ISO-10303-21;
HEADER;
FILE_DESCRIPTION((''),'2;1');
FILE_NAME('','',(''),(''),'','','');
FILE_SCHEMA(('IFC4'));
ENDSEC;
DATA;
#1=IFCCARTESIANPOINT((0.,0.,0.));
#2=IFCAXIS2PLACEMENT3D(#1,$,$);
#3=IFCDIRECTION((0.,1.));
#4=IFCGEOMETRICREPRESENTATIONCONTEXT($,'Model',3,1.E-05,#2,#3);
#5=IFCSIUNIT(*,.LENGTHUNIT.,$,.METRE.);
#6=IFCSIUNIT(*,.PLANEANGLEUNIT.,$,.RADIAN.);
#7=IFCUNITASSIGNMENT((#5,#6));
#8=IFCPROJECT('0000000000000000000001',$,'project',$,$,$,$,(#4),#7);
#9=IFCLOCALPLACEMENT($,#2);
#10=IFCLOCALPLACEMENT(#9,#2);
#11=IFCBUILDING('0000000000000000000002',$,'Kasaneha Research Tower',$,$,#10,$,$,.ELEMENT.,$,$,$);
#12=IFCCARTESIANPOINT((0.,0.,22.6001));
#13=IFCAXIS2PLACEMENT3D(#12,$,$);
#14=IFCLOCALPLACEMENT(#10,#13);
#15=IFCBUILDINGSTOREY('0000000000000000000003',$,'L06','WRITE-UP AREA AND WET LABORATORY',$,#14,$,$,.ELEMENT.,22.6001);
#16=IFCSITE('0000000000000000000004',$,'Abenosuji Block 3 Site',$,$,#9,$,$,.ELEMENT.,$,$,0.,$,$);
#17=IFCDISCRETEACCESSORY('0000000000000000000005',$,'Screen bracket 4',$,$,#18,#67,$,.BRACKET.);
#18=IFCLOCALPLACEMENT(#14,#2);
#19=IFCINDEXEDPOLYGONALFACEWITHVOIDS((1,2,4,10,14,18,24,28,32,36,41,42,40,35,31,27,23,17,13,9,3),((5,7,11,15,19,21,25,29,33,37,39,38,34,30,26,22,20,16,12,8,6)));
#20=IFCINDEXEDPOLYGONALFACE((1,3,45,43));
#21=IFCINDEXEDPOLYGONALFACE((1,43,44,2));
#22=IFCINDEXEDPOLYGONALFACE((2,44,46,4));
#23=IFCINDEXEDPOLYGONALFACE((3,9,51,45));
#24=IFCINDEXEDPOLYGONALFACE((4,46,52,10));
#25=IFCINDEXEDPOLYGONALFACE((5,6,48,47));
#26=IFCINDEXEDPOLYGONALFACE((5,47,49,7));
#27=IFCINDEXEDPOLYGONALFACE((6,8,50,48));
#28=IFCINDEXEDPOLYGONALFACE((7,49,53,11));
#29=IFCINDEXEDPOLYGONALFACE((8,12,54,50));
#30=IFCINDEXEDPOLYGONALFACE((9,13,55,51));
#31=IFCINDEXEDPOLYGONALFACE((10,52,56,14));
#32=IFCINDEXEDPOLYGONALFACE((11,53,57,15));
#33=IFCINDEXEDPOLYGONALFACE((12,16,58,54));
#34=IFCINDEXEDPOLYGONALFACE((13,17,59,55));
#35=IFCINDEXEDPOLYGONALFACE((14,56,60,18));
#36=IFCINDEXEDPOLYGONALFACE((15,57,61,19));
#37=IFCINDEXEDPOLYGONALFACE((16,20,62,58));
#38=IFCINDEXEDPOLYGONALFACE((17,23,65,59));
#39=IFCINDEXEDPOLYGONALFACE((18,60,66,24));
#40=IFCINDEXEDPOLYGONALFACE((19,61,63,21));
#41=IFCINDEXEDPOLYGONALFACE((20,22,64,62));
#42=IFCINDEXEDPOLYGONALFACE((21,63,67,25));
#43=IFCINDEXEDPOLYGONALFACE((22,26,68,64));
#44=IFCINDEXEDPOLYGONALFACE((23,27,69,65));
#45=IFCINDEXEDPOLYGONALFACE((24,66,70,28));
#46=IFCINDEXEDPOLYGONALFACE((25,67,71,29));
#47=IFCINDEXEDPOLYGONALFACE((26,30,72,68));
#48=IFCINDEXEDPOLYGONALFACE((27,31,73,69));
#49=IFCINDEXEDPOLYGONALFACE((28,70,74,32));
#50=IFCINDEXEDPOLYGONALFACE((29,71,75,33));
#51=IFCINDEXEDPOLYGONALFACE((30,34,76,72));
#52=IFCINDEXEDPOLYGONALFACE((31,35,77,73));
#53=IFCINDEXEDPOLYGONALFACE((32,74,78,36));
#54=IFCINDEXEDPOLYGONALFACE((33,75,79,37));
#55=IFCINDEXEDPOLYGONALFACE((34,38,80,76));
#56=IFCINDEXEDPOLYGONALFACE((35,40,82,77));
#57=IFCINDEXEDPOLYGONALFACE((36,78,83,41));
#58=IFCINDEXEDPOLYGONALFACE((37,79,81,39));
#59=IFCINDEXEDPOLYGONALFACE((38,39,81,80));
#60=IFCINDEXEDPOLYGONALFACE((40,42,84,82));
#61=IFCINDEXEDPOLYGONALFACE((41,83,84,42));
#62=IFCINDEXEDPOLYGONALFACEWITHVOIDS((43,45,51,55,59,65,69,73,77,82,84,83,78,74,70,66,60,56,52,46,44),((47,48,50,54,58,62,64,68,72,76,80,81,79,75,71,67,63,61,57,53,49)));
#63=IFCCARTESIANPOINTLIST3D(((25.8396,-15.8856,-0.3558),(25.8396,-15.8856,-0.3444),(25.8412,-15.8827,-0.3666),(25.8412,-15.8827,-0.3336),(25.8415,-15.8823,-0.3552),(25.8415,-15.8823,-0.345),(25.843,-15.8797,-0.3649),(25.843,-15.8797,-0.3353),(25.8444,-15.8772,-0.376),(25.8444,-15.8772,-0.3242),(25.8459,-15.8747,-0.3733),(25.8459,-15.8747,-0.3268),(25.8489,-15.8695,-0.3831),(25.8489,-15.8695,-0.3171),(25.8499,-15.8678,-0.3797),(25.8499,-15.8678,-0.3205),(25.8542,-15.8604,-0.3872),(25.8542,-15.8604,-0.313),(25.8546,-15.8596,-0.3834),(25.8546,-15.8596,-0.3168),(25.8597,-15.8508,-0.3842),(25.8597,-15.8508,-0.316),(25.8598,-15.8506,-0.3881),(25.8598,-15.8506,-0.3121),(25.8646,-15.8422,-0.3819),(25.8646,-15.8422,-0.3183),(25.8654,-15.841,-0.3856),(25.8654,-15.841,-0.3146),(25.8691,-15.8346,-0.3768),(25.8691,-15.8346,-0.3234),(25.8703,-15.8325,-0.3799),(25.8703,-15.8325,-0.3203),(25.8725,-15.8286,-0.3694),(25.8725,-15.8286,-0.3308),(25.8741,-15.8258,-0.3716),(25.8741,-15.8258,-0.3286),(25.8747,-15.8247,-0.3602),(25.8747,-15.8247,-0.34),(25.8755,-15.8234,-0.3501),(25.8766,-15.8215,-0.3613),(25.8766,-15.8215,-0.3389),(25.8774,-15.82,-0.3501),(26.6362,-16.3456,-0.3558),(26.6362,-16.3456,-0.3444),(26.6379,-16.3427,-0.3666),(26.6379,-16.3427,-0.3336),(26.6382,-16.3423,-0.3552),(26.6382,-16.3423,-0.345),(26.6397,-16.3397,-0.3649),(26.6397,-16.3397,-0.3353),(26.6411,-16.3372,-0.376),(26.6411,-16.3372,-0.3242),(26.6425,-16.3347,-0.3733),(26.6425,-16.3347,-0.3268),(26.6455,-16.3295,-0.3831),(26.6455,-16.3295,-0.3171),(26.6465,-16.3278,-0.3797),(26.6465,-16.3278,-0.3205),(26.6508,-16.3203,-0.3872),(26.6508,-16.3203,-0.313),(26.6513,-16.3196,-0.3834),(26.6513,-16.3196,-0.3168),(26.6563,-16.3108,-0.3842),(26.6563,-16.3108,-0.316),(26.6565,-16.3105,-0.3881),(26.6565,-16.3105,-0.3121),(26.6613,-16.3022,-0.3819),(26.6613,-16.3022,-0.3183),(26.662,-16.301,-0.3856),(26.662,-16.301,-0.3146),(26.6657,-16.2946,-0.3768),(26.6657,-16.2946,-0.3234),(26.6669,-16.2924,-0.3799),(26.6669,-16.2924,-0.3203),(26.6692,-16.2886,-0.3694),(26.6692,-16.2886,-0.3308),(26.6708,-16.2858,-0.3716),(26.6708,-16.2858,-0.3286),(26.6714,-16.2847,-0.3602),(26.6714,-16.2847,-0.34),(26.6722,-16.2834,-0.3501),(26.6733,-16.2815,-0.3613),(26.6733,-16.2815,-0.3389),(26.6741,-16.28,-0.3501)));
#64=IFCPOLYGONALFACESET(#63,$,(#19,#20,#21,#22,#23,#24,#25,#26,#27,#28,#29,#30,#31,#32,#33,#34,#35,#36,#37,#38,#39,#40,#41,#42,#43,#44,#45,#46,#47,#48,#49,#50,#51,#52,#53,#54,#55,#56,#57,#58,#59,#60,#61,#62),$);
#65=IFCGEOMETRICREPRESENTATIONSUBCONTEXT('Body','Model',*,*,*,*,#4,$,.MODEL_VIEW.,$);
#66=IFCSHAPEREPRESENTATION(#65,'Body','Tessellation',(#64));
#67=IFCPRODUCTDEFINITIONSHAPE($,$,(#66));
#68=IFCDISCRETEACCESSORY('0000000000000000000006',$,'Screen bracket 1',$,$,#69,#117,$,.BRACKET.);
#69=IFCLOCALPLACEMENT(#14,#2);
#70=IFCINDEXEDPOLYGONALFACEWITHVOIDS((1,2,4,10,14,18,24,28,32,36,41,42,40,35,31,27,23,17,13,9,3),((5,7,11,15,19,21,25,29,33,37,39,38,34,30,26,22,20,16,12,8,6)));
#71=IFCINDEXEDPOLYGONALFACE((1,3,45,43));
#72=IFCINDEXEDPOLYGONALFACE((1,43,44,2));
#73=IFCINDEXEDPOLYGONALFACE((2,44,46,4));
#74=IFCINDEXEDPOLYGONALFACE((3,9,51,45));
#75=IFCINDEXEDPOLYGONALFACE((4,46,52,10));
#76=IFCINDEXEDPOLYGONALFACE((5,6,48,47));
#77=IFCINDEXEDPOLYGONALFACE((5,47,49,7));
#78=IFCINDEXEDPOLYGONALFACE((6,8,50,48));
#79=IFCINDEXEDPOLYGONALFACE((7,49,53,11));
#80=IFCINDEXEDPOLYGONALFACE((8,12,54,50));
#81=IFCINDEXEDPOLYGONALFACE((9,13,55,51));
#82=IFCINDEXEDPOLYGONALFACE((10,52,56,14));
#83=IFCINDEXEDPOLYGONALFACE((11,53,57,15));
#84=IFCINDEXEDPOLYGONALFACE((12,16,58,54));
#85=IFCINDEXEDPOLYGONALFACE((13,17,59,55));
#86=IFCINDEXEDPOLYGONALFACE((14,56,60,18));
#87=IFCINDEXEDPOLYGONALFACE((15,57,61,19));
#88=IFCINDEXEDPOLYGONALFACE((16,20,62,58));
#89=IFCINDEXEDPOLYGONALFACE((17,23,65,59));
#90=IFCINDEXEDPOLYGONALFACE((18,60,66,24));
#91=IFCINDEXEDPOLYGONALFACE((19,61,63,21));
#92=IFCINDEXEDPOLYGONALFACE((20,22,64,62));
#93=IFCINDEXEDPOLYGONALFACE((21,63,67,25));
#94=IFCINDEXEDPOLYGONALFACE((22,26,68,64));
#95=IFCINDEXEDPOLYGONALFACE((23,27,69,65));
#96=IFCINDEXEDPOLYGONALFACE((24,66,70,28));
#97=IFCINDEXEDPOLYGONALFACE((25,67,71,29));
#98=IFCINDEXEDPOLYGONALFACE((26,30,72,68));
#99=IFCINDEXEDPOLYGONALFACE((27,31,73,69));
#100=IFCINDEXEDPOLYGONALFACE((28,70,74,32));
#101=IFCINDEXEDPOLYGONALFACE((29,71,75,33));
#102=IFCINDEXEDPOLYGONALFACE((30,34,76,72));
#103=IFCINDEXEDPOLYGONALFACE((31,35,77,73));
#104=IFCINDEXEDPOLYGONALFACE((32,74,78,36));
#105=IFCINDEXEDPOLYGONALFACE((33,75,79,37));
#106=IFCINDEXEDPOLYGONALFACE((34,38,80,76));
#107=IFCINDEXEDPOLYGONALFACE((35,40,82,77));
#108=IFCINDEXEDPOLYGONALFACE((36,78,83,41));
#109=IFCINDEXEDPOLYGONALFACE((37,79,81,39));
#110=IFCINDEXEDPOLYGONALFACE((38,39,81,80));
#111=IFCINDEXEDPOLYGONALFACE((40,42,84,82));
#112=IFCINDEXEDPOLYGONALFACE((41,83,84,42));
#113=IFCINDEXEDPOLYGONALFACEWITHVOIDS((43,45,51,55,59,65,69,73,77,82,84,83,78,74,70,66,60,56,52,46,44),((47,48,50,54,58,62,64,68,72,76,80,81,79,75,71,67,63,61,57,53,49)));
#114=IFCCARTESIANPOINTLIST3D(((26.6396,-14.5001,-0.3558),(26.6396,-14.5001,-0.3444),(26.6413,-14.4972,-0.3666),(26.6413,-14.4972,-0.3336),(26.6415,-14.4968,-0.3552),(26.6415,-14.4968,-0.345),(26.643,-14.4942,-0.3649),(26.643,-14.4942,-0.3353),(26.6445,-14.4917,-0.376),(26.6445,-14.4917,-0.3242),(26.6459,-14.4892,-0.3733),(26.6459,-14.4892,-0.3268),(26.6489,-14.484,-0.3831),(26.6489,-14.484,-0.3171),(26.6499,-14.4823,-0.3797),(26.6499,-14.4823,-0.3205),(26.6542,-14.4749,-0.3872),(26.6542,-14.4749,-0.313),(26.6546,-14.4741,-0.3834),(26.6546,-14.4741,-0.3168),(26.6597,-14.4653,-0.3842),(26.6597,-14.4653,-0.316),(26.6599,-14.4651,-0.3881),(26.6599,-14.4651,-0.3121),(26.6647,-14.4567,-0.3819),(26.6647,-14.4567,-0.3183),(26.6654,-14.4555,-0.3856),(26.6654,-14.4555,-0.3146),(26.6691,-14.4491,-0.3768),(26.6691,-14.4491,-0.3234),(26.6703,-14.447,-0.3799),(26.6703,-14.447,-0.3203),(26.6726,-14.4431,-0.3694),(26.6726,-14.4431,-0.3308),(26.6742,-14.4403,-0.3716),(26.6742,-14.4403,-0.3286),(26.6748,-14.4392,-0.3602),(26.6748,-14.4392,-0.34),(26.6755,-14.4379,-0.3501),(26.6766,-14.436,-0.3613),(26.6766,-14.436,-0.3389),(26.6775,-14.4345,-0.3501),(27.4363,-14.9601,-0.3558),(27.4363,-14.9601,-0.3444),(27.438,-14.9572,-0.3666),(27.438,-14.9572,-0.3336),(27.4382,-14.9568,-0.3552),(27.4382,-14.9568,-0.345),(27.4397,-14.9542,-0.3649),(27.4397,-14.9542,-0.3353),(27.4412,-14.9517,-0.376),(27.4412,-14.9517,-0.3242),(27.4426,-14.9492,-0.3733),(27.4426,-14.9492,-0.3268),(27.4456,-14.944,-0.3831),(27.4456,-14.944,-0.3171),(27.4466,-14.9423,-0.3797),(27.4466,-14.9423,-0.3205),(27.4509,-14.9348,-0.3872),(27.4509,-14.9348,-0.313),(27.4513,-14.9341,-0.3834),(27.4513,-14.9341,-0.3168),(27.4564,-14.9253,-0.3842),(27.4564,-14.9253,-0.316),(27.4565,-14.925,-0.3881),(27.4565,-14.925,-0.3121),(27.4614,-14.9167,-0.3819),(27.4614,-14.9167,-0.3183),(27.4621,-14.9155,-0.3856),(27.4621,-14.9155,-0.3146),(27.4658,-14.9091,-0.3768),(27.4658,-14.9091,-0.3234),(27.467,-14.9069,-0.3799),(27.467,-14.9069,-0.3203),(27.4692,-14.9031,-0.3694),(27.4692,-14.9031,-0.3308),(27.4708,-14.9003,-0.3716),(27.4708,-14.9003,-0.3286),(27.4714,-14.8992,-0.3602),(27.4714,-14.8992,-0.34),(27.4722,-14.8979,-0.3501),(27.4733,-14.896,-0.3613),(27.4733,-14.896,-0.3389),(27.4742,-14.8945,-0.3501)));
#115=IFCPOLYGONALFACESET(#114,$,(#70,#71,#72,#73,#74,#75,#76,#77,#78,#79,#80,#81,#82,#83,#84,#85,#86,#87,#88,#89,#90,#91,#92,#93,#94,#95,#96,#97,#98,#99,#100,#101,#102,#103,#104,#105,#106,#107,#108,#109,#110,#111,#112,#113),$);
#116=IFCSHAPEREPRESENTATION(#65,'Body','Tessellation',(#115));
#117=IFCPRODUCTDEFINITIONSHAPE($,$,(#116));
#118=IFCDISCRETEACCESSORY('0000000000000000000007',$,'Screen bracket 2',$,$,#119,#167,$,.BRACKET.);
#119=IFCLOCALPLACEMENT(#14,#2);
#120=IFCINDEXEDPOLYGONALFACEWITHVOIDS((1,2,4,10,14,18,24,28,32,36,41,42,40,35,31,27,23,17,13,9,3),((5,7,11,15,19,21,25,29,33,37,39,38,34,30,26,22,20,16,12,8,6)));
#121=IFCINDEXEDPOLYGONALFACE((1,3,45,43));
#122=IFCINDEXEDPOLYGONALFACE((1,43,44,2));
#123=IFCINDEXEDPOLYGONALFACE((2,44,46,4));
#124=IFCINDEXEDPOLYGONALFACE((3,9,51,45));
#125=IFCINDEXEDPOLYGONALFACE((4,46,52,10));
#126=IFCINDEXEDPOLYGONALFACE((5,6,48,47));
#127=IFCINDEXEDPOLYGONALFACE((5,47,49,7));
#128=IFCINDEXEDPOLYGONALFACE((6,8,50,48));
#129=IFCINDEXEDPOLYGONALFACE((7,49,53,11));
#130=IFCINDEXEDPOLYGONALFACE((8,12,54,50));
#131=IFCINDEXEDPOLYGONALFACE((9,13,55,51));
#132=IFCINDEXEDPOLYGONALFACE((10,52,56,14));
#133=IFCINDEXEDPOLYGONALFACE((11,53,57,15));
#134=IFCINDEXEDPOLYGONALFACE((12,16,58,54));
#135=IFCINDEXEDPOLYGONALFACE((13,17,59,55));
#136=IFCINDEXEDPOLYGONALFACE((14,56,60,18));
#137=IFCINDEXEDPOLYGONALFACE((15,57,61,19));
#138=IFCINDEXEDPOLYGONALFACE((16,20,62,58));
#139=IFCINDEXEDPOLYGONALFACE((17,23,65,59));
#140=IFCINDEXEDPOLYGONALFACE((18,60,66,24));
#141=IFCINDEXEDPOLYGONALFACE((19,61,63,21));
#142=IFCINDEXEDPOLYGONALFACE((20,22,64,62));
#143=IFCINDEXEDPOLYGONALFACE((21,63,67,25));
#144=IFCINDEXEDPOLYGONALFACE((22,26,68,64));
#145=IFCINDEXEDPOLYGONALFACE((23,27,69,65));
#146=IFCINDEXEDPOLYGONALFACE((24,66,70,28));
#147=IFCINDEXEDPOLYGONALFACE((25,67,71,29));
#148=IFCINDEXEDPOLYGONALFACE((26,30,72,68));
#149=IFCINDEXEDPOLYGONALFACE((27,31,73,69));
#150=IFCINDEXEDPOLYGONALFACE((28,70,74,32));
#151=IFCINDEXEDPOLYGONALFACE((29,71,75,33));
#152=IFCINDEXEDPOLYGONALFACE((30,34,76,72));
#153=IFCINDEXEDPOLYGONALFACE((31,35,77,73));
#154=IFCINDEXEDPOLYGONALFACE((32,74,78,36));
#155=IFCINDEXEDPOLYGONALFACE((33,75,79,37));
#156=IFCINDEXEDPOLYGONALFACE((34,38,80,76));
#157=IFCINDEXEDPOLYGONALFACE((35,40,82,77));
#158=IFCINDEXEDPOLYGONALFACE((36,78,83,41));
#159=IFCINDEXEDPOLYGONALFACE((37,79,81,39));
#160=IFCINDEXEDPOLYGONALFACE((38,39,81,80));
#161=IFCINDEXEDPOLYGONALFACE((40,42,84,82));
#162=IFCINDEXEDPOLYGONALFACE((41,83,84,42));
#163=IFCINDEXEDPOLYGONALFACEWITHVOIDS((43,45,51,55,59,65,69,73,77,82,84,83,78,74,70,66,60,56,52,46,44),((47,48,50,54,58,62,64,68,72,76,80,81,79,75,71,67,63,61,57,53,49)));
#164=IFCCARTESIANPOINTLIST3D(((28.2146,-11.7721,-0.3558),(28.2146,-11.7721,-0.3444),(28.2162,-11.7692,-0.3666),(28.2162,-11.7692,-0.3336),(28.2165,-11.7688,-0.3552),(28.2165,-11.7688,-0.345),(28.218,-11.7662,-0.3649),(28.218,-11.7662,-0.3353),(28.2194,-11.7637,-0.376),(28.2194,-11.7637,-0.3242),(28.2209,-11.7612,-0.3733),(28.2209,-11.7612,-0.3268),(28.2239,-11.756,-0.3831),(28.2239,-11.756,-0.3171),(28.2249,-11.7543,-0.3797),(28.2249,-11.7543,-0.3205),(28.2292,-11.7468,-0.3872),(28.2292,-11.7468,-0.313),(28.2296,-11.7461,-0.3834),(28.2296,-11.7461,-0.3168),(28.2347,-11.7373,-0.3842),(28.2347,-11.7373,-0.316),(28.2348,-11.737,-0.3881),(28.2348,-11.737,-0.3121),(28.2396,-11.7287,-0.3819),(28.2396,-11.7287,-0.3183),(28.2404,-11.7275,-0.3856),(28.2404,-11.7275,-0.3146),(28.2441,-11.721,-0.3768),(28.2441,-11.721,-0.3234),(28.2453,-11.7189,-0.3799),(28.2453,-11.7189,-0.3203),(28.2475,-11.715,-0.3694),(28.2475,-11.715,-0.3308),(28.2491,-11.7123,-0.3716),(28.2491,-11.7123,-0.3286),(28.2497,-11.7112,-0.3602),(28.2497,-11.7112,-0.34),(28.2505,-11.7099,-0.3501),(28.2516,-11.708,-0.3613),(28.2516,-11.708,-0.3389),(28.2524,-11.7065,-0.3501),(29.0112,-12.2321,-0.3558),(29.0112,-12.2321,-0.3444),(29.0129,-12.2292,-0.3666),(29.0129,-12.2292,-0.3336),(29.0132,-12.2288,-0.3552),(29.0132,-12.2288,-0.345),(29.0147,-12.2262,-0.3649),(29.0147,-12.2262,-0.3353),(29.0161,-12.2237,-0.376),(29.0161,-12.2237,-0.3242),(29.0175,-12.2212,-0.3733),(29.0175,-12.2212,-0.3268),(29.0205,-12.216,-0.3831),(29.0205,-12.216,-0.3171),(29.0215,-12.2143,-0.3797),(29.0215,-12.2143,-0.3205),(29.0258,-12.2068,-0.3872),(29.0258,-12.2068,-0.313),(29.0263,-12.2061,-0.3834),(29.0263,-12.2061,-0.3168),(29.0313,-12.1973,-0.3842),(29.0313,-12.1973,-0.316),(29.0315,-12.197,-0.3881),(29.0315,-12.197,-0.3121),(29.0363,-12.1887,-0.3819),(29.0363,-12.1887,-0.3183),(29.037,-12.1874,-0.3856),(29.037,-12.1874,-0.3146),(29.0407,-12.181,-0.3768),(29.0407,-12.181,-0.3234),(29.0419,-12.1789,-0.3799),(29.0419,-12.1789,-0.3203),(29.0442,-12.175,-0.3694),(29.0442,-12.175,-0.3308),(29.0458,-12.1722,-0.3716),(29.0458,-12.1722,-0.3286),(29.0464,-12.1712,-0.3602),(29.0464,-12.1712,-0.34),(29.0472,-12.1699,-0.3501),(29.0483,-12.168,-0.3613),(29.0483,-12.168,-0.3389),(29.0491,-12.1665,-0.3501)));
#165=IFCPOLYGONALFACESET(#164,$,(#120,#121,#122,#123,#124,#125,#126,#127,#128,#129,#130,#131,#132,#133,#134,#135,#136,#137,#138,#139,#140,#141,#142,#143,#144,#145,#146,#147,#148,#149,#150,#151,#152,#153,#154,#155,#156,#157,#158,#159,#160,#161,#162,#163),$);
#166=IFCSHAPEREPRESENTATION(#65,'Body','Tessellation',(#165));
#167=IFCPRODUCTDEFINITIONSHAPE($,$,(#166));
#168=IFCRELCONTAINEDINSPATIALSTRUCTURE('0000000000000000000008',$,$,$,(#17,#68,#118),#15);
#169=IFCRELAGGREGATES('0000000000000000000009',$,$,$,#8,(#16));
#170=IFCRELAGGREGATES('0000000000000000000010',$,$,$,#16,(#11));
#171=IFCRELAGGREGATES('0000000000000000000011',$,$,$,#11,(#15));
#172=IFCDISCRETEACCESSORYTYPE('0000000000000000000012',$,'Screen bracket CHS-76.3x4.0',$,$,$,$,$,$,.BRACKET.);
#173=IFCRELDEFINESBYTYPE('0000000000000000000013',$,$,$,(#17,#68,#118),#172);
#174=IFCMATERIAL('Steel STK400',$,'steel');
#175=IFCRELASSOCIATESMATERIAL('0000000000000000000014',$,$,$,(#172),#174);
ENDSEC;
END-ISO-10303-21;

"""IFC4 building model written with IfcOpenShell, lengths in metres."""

from ifc_helpers import new_model, si_unit, direction, frame, origin, origin_2d, place, context, subcontext, project, spatial, hollow_circle, extrude, material, material_profile, profile_set, type_object, element, save


model = new_model("IFC4")

# Units and contexts
model_context = context("Model", 3, precision=1e-05, world=origin(), true_north=direction((0.0, 1.0)))
body_context = subcontext(model_context, "Body", "Model", "MODEL_VIEW")
ifc_project = project(units=[si_unit("LENGTHUNIT", "METRE"), si_unit("PLANEANGLEUNIT", "RADIAN")], contexts=[model_context])

# Site, building, storey
site_placement = place(None, origin())
site = spatial("IfcSite", under=ifc_project, at=site_placement, Name="Abenosuji Block 3 Site", CompositionType="ELEMENT", RefElevation=0.0)
building_placement = place(site_placement, origin())
building = spatial("IfcBuilding", under=site, at=building_placement, Name="Kasaneha Research Tower", CompositionType="ELEMENT")
storey_placement = place(building_placement, frame((0.0, 0.0, 22.6001)))
storey = spatial("IfcBuildingStorey", under=building, at=storey_placement, Name="L06", Description="WRITE-UP AREA AND WET LABORATORY", CompositionType="ELEMENT", Elevation=22.6001)

# Discrete accessories
ifc_material_1 = material(Name="Steel STK400", Category="steel")
ifc_material_profile_1 = material_profile(ifc_material_1, hollow_circle(Radius=0.0381, WallThickness=0.0039, at=origin_2d()), Name="CHS-76.3x4.0")
ifc_profile_set_1 = profile_set([ifc_material_profile_1], Name="Steel STK400")
discrete_accessory_type = type_object("IfcDiscreteAccessoryType", Name="Screen bracket CHS-76.3x4.0", PredefinedType="BRACKET", material=ifc_profile_set_1)
for number, where, z_axis, x_axis, name in (
    (1, (25.8584, -15.853, -0.3501), (0.866013, -0.500021, 0.0), (0.500021, 0.866013, 0.0), "Screen bracket 4"),
    (2, (26.6584, -14.4675, -0.3501), (0.866013, -0.500021, 0.0), (0.500021, 0.866013, 0.0), "Screen bracket 1"),
    (3, (28.2334, -11.7395, -0.3501), (0.866013, -0.500021, 0.0), (0.500021, 0.866013, 0.0), "Screen bracket 2"),
):
    element("IfcDiscreteAccessory", number, at=place(storey_placement, frame(where, z_axis=z_axis, x_axis=x_axis)), inside=storey, type_object=discrete_accessory_type, Name=name, PredefinedType="BRACKET", context=body_context, shape_type="SweptSolid", body=[
        extrude(hollow_circle(Radius=0.0381, WallThickness=0.0039, at=origin_2d()), origin(), (0.0, 0.0, 1.0), 0.9199),
    ])

save(model, "model.ifc")
